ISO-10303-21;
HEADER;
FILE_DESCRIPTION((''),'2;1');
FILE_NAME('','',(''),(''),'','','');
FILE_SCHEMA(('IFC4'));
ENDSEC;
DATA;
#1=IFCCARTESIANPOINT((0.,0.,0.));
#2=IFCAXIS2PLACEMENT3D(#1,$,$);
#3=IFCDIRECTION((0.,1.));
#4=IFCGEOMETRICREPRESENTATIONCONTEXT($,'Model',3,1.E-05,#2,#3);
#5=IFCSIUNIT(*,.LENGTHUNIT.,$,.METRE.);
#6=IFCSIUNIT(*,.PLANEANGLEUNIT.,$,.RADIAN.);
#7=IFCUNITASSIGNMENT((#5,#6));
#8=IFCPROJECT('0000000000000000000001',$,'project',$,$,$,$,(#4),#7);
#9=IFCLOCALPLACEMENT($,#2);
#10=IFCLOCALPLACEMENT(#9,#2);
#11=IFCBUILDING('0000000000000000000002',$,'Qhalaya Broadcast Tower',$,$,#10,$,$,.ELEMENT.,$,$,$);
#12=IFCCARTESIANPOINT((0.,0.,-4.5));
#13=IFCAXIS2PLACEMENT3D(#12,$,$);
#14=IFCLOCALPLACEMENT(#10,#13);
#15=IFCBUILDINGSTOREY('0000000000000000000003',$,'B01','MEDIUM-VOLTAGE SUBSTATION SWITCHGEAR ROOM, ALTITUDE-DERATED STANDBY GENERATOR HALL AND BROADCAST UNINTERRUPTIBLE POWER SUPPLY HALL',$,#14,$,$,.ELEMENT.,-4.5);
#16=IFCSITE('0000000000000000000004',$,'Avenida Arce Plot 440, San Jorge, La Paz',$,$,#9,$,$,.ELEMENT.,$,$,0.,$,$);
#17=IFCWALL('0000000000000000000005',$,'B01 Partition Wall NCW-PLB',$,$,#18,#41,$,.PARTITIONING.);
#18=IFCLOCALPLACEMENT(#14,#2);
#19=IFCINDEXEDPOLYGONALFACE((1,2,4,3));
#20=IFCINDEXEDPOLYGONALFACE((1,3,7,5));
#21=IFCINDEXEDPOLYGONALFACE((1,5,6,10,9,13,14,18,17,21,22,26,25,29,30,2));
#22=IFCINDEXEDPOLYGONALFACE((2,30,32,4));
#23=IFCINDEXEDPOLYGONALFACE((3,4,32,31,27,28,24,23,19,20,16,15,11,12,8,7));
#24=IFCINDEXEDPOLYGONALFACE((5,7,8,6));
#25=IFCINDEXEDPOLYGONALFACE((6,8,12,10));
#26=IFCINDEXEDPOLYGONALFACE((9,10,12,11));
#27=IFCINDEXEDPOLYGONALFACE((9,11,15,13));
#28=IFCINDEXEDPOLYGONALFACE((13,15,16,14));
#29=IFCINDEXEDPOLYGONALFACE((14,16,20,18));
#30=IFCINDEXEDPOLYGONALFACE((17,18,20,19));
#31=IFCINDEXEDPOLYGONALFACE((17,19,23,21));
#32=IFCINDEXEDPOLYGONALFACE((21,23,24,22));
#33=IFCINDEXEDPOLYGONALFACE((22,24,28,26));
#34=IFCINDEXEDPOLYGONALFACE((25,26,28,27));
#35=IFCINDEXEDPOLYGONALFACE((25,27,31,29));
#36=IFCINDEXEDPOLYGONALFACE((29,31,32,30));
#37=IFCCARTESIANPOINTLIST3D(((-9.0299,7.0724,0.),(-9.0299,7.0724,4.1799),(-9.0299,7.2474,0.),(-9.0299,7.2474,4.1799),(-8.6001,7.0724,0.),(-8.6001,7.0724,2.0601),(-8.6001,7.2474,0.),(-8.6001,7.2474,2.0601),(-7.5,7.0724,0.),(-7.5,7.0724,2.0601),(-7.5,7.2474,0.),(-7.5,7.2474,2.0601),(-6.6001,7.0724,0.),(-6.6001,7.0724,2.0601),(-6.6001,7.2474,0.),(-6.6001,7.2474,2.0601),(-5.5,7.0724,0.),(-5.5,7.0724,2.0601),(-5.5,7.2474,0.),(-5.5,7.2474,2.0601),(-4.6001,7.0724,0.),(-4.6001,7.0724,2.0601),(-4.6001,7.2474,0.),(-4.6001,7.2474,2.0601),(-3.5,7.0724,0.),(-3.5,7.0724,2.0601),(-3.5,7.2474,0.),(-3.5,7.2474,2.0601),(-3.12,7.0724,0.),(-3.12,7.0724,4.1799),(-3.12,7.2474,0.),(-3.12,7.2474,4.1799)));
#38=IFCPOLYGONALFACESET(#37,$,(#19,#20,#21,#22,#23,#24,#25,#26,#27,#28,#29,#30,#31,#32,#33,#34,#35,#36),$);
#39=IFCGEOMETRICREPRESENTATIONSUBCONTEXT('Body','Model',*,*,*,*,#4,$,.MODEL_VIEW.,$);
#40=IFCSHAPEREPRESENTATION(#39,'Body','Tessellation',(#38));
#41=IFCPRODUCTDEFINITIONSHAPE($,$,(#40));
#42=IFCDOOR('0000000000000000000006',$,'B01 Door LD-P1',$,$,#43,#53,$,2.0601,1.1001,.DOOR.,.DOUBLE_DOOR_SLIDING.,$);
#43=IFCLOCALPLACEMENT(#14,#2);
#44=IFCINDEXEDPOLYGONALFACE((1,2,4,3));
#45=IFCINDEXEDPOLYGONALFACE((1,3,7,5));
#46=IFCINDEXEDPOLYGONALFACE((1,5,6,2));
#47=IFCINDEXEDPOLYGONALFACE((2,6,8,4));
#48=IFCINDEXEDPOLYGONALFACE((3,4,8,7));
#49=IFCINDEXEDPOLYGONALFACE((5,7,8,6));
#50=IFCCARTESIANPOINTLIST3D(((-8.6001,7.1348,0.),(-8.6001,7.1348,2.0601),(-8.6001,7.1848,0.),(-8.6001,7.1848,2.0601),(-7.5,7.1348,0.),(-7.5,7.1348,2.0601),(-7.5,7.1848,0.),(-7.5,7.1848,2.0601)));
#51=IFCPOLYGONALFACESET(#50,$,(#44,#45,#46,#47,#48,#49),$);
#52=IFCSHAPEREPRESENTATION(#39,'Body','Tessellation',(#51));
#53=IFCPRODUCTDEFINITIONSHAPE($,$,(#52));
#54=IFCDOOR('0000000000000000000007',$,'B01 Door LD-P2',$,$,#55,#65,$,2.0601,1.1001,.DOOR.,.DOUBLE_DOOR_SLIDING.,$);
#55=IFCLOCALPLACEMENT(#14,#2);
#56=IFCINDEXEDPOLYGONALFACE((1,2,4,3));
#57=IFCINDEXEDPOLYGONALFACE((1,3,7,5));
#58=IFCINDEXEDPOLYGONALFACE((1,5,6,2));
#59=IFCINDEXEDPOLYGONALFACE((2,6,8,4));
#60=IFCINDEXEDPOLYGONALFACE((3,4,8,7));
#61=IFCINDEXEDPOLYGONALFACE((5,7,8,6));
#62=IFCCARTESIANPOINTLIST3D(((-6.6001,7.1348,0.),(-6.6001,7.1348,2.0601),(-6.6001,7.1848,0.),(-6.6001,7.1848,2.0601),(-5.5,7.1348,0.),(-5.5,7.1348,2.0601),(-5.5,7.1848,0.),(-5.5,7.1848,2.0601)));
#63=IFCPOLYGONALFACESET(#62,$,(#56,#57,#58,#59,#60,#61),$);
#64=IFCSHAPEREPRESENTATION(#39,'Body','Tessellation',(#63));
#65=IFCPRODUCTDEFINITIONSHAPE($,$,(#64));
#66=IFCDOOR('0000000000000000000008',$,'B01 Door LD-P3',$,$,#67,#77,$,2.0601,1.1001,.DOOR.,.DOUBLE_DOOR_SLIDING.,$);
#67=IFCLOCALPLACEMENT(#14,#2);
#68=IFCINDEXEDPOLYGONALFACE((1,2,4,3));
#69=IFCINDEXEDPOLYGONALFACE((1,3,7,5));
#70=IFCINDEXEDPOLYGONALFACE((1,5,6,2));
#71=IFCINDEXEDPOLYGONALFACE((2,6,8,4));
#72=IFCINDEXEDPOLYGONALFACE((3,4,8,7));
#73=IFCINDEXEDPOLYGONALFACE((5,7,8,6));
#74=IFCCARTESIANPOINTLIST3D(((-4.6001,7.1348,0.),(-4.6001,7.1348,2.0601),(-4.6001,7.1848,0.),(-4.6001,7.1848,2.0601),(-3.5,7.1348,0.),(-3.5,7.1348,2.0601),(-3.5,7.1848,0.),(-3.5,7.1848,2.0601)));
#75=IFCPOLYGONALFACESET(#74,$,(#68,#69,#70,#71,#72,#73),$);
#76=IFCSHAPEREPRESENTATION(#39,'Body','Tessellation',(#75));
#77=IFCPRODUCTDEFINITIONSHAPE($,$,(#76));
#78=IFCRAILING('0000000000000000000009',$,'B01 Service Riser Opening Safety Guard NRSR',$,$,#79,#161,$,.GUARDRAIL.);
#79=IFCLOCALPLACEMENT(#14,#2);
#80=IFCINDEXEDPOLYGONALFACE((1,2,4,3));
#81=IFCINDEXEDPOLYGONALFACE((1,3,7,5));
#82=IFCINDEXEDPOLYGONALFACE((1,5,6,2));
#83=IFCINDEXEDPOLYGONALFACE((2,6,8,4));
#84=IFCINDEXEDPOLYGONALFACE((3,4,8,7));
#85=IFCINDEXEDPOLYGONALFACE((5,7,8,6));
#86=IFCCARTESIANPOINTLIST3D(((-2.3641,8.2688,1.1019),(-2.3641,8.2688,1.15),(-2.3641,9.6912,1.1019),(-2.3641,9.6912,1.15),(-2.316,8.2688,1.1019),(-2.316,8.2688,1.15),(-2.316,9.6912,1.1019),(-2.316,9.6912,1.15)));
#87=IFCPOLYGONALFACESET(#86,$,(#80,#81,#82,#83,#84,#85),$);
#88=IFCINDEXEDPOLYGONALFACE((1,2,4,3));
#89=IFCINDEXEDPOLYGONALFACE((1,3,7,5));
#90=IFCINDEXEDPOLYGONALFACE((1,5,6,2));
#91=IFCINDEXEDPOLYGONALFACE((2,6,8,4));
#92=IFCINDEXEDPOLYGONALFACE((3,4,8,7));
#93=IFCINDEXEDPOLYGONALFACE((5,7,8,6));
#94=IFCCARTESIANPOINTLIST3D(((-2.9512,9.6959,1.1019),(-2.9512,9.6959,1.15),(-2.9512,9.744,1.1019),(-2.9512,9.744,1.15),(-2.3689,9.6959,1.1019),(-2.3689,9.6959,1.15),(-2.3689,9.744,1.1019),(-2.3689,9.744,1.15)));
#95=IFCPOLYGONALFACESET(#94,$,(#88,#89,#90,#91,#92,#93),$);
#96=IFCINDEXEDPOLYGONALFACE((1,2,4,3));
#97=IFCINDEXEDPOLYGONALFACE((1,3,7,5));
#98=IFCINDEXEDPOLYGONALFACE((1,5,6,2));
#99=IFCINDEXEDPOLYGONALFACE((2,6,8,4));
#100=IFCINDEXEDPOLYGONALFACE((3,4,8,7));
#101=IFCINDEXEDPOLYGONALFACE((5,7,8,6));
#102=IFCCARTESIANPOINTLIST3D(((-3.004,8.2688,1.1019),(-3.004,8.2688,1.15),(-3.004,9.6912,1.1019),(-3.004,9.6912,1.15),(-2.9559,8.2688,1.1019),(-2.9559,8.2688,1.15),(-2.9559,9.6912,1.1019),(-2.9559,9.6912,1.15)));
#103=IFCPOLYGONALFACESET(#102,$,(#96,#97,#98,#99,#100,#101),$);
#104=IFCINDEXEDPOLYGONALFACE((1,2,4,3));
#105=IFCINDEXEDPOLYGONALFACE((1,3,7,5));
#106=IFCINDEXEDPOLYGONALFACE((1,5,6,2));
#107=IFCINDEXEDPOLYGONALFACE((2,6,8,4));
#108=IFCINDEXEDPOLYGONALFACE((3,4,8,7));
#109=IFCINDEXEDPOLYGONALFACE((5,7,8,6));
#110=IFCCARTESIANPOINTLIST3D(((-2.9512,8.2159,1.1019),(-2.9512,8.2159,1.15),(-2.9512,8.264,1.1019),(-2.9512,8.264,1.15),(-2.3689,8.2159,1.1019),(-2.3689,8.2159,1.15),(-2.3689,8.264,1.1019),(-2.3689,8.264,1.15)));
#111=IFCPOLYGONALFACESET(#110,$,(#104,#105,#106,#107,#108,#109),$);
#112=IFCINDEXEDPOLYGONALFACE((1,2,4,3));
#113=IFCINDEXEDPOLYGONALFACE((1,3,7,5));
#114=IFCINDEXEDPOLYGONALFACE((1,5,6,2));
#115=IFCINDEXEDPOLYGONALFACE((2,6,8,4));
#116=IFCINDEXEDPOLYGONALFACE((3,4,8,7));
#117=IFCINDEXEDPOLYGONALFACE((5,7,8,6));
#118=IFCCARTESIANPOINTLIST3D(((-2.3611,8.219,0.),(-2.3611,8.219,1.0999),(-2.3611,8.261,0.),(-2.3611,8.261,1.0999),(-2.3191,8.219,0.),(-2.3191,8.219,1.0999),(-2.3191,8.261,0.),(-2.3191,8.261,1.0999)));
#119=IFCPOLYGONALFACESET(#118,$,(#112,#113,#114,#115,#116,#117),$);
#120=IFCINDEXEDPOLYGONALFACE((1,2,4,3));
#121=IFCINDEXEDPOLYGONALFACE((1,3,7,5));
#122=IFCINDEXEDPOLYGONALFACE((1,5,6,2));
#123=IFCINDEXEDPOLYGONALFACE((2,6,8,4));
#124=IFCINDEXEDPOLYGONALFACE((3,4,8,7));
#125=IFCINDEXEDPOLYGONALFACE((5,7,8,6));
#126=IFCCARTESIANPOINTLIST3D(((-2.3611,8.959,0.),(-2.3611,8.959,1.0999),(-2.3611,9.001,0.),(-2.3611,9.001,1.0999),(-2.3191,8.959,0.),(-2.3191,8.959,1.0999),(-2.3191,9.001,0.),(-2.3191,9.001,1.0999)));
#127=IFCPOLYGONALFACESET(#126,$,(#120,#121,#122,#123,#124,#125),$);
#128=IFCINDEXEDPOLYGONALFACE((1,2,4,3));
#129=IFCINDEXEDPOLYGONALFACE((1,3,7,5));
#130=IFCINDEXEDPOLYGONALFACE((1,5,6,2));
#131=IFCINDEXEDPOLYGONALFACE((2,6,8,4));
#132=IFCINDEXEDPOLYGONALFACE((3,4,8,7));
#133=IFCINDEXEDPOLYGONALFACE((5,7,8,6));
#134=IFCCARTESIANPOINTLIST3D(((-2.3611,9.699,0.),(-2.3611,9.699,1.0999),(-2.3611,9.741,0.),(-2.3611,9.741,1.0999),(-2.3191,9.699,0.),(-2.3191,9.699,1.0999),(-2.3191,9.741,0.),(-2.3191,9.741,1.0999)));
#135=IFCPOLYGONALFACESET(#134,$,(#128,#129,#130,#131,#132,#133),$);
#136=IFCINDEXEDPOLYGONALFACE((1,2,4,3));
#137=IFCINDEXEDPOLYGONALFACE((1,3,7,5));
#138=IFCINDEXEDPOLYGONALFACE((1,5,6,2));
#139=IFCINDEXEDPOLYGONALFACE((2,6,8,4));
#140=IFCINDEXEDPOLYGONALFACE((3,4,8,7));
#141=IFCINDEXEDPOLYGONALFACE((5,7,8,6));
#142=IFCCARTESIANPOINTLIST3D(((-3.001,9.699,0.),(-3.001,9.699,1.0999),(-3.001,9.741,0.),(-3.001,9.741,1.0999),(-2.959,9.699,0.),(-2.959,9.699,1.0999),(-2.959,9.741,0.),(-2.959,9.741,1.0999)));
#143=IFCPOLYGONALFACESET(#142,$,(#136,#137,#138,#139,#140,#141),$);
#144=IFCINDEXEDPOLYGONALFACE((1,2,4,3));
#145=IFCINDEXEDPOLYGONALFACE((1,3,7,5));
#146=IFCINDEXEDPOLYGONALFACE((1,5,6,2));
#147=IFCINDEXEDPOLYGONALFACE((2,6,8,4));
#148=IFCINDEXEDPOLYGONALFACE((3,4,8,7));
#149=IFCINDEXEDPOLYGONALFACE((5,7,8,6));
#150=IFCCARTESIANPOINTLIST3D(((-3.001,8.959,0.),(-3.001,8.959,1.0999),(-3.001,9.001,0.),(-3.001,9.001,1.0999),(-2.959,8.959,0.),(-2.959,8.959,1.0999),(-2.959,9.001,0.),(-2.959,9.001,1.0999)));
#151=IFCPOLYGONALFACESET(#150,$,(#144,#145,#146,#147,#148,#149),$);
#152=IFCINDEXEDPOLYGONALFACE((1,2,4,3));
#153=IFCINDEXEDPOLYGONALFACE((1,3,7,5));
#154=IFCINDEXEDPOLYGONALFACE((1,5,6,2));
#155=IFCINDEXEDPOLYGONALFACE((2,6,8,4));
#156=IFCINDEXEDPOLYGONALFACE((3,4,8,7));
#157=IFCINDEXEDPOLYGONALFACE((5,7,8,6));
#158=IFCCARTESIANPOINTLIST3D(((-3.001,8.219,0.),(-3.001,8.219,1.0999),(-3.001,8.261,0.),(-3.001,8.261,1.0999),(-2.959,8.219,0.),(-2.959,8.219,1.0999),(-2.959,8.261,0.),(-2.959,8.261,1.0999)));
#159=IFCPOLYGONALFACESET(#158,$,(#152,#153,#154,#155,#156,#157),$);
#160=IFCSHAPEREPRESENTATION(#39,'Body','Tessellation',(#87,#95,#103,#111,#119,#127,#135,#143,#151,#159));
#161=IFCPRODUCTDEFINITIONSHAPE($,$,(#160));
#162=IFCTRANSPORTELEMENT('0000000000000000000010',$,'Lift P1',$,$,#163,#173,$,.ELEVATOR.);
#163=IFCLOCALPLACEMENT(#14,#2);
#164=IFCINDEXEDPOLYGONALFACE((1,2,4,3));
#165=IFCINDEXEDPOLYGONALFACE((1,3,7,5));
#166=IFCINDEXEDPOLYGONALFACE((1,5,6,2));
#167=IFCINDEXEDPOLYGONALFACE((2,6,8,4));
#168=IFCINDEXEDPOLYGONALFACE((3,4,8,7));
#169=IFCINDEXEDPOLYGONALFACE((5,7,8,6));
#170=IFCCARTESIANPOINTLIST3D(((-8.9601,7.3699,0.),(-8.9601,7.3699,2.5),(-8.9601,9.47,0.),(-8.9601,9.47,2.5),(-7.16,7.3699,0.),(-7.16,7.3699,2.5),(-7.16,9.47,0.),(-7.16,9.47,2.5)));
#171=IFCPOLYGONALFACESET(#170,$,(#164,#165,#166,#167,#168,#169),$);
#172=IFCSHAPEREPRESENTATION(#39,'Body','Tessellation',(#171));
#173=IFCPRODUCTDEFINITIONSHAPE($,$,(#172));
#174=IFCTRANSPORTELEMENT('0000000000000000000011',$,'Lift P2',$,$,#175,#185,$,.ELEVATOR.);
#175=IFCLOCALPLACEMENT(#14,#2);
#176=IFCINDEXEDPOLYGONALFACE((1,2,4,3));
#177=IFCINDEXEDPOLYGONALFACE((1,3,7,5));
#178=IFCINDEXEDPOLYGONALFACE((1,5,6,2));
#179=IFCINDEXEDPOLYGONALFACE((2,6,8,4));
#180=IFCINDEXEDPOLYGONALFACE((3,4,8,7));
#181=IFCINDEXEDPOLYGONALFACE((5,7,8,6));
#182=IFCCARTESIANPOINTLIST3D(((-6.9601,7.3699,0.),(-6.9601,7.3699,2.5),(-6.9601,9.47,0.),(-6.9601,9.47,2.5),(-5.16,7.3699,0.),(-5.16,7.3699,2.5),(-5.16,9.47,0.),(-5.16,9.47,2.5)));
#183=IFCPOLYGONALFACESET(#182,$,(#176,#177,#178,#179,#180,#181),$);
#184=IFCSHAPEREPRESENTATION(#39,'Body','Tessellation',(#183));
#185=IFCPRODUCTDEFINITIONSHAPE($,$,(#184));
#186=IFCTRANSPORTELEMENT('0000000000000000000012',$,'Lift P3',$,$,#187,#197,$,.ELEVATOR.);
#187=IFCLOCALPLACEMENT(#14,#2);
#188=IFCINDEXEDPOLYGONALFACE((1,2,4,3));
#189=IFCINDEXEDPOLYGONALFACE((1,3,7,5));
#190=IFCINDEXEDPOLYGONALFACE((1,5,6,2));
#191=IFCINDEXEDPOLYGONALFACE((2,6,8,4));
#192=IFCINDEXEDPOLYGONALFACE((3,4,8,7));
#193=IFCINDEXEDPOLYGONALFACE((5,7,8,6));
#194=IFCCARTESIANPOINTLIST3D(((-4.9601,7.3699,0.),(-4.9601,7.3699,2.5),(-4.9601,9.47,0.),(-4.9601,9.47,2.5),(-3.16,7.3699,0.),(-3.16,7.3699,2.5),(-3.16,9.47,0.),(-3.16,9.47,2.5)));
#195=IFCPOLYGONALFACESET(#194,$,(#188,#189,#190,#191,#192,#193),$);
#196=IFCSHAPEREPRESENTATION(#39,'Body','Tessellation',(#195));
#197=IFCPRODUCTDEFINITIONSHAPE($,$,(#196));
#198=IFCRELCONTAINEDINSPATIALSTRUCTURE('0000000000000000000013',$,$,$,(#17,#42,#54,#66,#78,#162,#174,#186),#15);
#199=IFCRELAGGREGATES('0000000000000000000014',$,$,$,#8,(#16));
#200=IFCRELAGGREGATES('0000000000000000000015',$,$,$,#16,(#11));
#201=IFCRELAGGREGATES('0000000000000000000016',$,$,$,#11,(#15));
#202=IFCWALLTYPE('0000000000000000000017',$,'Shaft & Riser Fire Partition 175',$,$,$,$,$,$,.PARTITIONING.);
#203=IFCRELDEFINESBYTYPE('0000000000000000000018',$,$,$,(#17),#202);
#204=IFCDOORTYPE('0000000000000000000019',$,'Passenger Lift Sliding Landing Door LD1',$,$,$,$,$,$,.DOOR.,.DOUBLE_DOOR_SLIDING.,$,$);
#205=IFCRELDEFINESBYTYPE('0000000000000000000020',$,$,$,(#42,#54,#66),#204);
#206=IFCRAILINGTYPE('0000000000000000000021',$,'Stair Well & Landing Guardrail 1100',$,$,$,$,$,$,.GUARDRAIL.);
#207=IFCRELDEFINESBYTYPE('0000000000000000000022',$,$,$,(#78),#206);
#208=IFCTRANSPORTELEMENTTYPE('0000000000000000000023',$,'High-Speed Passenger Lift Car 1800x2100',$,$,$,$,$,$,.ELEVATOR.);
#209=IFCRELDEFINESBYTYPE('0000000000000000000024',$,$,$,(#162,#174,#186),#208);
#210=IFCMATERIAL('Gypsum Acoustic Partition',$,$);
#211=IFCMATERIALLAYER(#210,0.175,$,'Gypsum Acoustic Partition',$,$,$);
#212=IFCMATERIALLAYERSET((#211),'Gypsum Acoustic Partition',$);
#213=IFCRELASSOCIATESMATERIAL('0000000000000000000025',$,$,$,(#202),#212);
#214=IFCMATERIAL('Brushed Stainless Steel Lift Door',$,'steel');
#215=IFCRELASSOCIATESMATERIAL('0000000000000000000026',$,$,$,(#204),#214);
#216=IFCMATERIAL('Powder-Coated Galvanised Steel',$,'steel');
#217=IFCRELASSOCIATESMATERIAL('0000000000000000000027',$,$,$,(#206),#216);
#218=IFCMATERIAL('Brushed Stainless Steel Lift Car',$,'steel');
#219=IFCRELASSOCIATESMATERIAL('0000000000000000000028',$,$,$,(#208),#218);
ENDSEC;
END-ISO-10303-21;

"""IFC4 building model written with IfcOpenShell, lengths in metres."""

from ifc_helpers import new_model, si_unit, direction, frame, frame_2d, origin, origin_2d, place, context, subcontext, project, spatial, rectangle, extrude, material, layer, layer_set, type_object, element, fill, save


model = new_model("IFC4")

# Units and contexts
model_context = context("Model", 3, precision=1e-05, world=origin(), true_north=direction((0.0, 1.0)))
body_context = subcontext(model_context, "Body", "Model", "MODEL_VIEW")
ifc_project = project(units=[si_unit("LENGTHUNIT", "METRE"), si_unit("PLANEANGLEUNIT", "RADIAN")], contexts=[model_context])

# Site, building, storey
site_placement = place(None, origin())
site = spatial("IfcSite", under=ifc_project, at=site_placement, Name="Avenida Arce Plot 440, San Jorge, La Paz", CompositionType="ELEMENT", RefElevation=0.0)
building_placement = place(site_placement, origin())
building = spatial("IfcBuilding", under=site, at=building_placement, Name="Qhalaya Broadcast Tower", CompositionType="ELEMENT")
storey_placement = place(building_placement, frame((0.0, 0.0, -4.5)))
storey = spatial("IfcBuildingStorey", under=building, at=storey_placement, Name="B01", Description="MEDIUM-VOLTAGE SUBSTATION SWITCHGEAR ROOM, ALTITUDE-DERATED STANDBY GENERATOR HALL AND BROADCAST UNINTERRUPTIBLE POWER SUPPLY HALL", CompositionType="ELEMENT", Elevation=-4.5)

# Shared definitions
ifc_material_1 = material(Name="Gypsum Acoustic Partition")

# Wall, openings, doors
ifc_layer_1 = layer(ifc_material_1, 0.175, Name="Gypsum Acoustic Partition")
ifc_layer_set_1 = layer_set([ifc_layer_1], Name="Gypsum Acoustic Partition")
wall_type_1 = type_object("IfcWallType", Name="Shaft & Riser Fire Partition 175", PredefinedType="PARTITIONING", material=ifc_layer_set_1)
wall_1_placement = place(storey_placement, frame((-9.03, 7.1599, 0.0), z_axis=(0.0, 0.0, 1.0), x_axis=(1.0, 0.0, 0.0)))
wall_1 = element("IfcWall", 1, at=wall_1_placement, inside=storey, type_object=wall_type_1, Name="B01 Partition Wall NCW-PLB", PredefinedType="PARTITIONING", context=body_context, shape_type="SweptSolid", body=[
    extrude(rectangle(XDim=5.9099, YDim=0.175, at=frame_2d((2.9551, 0.0))), origin(), (0.0, 0.0, 1.0), 4.1799),
])
opening_1_placement = place(wall_1_placement, frame((0.4299, 0.0, 0.0)))
opening_1 = element("IfcOpeningElement", 2, at=opening_1_placement, cuts=wall_1, PredefinedType="OPENING", context=body_context, shape_type="SweptSolid", body=[
    extrude(rectangle(XDim=1.1001, YDim=2.0601, at=frame_2d((0.55, 1.03))), frame((0.0, 0.0996, 0.0), z_axis=(0.0, -1.0, 0.0), x_axis=(1.0, 0.0, 0.0)), (0.0, 0.0, 1.0), 0.199),
])
opening_2_placement = place(wall_1_placement, frame((2.4299, 0.0, 0.0)))
opening_2 = element("IfcOpeningElement", 3, at=opening_2_placement, cuts=wall_1, PredefinedType="OPENING", context=body_context, shape_type="SweptSolid", body=[
    extrude(rectangle(XDim=1.1001, YDim=2.0601, at=frame_2d((0.55, 1.03))), frame((0.0, 0.0996, 0.0), z_axis=(0.0, -1.0, 0.0), x_axis=(1.0, 0.0, 0.0)), (0.0, 0.0, 1.0), 0.199),
])
opening_3_placement = place(wall_1_placement, frame((4.4299, 0.0, 0.0)))
opening_3 = element("IfcOpeningElement", 4, at=opening_3_placement, cuts=wall_1, PredefinedType="OPENING", context=body_context, shape_type="SweptSolid", body=[
    extrude(rectangle(XDim=1.1001, YDim=2.0601, at=frame_2d((0.55, 1.03))), frame((0.0, 0.0996, 0.0), z_axis=(0.0, -1.0, 0.0), x_axis=(1.0, 0.0, 0.0)), (0.0, 0.0, 1.0), 0.199),
])
ifc_material_2 = material(Name="Brushed Stainless Steel Lift Door", Category="steel")
door_type = type_object("IfcDoorType", Name="Passenger Lift Sliding Landing Door LD1", OperationType="DOUBLE_DOOR_SLIDING", PredefinedType="DOOR", material=ifc_material_2)
door_1_placement = place(opening_1_placement, origin())
door_1 = element("IfcDoor", 5, at=door_1_placement, inside=storey, type_object=door_type, Name="B01 Door LD-P1", OperationType="DOUBLE_DOOR_SLIDING", OverallHeight=2.0601, OverallWidth=1.1001, PredefinedType="DOOR", context=body_context, shape_type="SweptSolid", body=[
    extrude(rectangle(XDim=1.1001, YDim=2.0601, at=frame_2d((0.55, 1.03))), frame((0.0, 0.0249, 0.0), z_axis=(0.0, -1.0, 0.0), x_axis=(1.0, 0.0, 0.0)), (0.0, 0.0, 1.0), 0.05),
])
fill(opening_1, door_1)
door_2_placement = place(opening_2_placement, origin())
door_2 = element("IfcDoor", 6, at=door_2_placement, inside=storey, type_object=door_type, Name="B01 Door LD-P2", OperationType="DOUBLE_DOOR_SLIDING", OverallHeight=2.0601, OverallWidth=1.1001, PredefinedType="DOOR", context=body_context, shape_type="SweptSolid", body=[
    extrude(rectangle(XDim=1.1001, YDim=2.0601, at=frame_2d((0.55, 1.03))), frame((0.0, 0.0249, 0.0), z_axis=(0.0, -1.0, 0.0), x_axis=(1.0, 0.0, 0.0)), (0.0, 0.0, 1.0), 0.05),
])
fill(opening_2, door_2)
door_3_placement = place(opening_3_placement, origin())
door_3 = element("IfcDoor", 7, at=door_3_placement, inside=storey, type_object=door_type, Name="B01 Door LD-P3", OperationType="DOUBLE_DOOR_SLIDING", OverallHeight=2.0601, OverallWidth=1.1001, PredefinedType="DOOR", context=body_context, shape_type="SweptSolid", body=[
    extrude(rectangle(XDim=1.1001, YDim=2.0601, at=frame_2d((0.55, 1.03))), frame((0.0, 0.0249, 0.0), z_axis=(0.0, -1.0, 0.0), x_axis=(1.0, 0.0, 0.0)), (0.0, 0.0, 1.0), 0.05),
])
fill(opening_3, door_3)

# Railing
ifc_material_3 = material(Name="Powder-Coated Galvanised Steel", Category="steel")
railing_type = type_object("IfcRailingType", Name="Stair Well & Landing Guardrail 1100", PredefinedType="GUARDRAIL", material=ifc_material_3)
railing_placement = place(storey_placement, frame((-2.3401, 8.24, 0.0)))
element("IfcRailing", 8, at=railing_placement, inside=storey, type_object=railing_type, Name="B01 Service Riser Opening Safety Guard NRSR", PredefinedType="GUARDRAIL", context=body_context, shape_type="SweptSolid", body=[
    extrude(rectangle(XDim=0.0481, YDim=0.0481, at=origin_2d()), frame((0.0, 0.0288, 1.126), z_axis=(0.0, 1.0, 0.0), x_axis=(-1.0, 0.0, 0.0)), (0.0, 0.0, 1.0), 1.4224),
    extrude(rectangle(XDim=0.0481, YDim=0.0481, at=origin_2d()), frame((-0.0288, 1.48, 1.126), z_axis=(-1.0, 0.0, 0.0), x_axis=(0.0, -1.0, 0.0)), (0.0, 0.0, 1.0), 0.5823),
    extrude(rectangle(XDim=0.0481, YDim=0.0481, at=origin_2d()), frame((-0.6399, 1.4512, 1.126), z_axis=(0.0, -1.0, 0.0), x_axis=(1.0, 0.0, 0.0)), (0.0, 0.0, 1.0), 1.4224),
    extrude(rectangle(XDim=0.0481, YDim=0.0481, at=origin_2d()), frame((-0.6111, 0.0, 1.126), z_axis=(1.0, 0.0, 0.0), x_axis=(0.0, 1.0, 0.0)), (0.0, 0.0, 1.0), 0.5823),
    extrude(rectangle(XDim=0.042, YDim=0.042, at=origin_2d()), origin(), (0.0, 0.0, 1.0), 1.0999),
    extrude(rectangle(XDim=0.042, YDim=0.042, at=origin_2d()), frame((0.0, 0.74, 0.0)), (0.0, 0.0, 1.0), 1.0999),
    extrude(rectangle(XDim=0.042, YDim=0.042, at=origin_2d()), frame((0.0, 1.48, 0.0)), (0.0, 0.0, 1.0), 1.0999),
    extrude(rectangle(XDim=0.042, YDim=0.042, at=origin_2d()), frame((-0.6399, 1.48, 0.0)), (0.0, 0.0, 1.0), 1.0999),
    extrude(rectangle(XDim=0.042, YDim=0.042, at=origin_2d()), frame((-0.6399, 0.74, 0.0)), (0.0, 0.0, 1.0), 1.0999),
    extrude(rectangle(XDim=0.042, YDim=0.042, at=origin_2d()), frame((-0.6399, 0.0, 0.0)), (0.0, 0.0, 1.0), 1.0999),
])

# Transport elements
ifc_material_4 = material(Name="Brushed Stainless Steel Lift Car", Category="steel")
transport_element_type = type_object("IfcTransportElementType", Name="High-Speed Passenger Lift Car 1800x2100", PredefinedType="ELEVATOR", material=ifc_material_4)
for number, where, z_axis, x_axis, name in (
    (9, (-8.0601, 8.4199, 0.0), (0.0, 0.0, 1.0), (1.0, 0.0, 0.0), "Lift P1"),
    (10, (-6.0601, 8.4199, 0.0), (0.0, 0.0, 1.0), (1.0, 0.0, 0.0), "Lift P2"),
    (11, (-4.0601, 8.4199, 0.0), (0.0, 0.0, 1.0), (1.0, 0.0, 0.0), "Lift P3"),
):
    element("IfcTransportElement", number, at=place(storey_placement, frame(where, z_axis=z_axis, x_axis=x_axis)), inside=storey, type_object=transport_element_type, Name=name, PredefinedType="ELEVATOR", context=body_context, shape_type="SweptSolid", body=[
        extrude(rectangle(XDim=1.8, YDim=2.1001, at=origin_2d()), origin(), (0.0, 0.0, 1.0), 2.5),
    ])

save(model, "model.ifc")
